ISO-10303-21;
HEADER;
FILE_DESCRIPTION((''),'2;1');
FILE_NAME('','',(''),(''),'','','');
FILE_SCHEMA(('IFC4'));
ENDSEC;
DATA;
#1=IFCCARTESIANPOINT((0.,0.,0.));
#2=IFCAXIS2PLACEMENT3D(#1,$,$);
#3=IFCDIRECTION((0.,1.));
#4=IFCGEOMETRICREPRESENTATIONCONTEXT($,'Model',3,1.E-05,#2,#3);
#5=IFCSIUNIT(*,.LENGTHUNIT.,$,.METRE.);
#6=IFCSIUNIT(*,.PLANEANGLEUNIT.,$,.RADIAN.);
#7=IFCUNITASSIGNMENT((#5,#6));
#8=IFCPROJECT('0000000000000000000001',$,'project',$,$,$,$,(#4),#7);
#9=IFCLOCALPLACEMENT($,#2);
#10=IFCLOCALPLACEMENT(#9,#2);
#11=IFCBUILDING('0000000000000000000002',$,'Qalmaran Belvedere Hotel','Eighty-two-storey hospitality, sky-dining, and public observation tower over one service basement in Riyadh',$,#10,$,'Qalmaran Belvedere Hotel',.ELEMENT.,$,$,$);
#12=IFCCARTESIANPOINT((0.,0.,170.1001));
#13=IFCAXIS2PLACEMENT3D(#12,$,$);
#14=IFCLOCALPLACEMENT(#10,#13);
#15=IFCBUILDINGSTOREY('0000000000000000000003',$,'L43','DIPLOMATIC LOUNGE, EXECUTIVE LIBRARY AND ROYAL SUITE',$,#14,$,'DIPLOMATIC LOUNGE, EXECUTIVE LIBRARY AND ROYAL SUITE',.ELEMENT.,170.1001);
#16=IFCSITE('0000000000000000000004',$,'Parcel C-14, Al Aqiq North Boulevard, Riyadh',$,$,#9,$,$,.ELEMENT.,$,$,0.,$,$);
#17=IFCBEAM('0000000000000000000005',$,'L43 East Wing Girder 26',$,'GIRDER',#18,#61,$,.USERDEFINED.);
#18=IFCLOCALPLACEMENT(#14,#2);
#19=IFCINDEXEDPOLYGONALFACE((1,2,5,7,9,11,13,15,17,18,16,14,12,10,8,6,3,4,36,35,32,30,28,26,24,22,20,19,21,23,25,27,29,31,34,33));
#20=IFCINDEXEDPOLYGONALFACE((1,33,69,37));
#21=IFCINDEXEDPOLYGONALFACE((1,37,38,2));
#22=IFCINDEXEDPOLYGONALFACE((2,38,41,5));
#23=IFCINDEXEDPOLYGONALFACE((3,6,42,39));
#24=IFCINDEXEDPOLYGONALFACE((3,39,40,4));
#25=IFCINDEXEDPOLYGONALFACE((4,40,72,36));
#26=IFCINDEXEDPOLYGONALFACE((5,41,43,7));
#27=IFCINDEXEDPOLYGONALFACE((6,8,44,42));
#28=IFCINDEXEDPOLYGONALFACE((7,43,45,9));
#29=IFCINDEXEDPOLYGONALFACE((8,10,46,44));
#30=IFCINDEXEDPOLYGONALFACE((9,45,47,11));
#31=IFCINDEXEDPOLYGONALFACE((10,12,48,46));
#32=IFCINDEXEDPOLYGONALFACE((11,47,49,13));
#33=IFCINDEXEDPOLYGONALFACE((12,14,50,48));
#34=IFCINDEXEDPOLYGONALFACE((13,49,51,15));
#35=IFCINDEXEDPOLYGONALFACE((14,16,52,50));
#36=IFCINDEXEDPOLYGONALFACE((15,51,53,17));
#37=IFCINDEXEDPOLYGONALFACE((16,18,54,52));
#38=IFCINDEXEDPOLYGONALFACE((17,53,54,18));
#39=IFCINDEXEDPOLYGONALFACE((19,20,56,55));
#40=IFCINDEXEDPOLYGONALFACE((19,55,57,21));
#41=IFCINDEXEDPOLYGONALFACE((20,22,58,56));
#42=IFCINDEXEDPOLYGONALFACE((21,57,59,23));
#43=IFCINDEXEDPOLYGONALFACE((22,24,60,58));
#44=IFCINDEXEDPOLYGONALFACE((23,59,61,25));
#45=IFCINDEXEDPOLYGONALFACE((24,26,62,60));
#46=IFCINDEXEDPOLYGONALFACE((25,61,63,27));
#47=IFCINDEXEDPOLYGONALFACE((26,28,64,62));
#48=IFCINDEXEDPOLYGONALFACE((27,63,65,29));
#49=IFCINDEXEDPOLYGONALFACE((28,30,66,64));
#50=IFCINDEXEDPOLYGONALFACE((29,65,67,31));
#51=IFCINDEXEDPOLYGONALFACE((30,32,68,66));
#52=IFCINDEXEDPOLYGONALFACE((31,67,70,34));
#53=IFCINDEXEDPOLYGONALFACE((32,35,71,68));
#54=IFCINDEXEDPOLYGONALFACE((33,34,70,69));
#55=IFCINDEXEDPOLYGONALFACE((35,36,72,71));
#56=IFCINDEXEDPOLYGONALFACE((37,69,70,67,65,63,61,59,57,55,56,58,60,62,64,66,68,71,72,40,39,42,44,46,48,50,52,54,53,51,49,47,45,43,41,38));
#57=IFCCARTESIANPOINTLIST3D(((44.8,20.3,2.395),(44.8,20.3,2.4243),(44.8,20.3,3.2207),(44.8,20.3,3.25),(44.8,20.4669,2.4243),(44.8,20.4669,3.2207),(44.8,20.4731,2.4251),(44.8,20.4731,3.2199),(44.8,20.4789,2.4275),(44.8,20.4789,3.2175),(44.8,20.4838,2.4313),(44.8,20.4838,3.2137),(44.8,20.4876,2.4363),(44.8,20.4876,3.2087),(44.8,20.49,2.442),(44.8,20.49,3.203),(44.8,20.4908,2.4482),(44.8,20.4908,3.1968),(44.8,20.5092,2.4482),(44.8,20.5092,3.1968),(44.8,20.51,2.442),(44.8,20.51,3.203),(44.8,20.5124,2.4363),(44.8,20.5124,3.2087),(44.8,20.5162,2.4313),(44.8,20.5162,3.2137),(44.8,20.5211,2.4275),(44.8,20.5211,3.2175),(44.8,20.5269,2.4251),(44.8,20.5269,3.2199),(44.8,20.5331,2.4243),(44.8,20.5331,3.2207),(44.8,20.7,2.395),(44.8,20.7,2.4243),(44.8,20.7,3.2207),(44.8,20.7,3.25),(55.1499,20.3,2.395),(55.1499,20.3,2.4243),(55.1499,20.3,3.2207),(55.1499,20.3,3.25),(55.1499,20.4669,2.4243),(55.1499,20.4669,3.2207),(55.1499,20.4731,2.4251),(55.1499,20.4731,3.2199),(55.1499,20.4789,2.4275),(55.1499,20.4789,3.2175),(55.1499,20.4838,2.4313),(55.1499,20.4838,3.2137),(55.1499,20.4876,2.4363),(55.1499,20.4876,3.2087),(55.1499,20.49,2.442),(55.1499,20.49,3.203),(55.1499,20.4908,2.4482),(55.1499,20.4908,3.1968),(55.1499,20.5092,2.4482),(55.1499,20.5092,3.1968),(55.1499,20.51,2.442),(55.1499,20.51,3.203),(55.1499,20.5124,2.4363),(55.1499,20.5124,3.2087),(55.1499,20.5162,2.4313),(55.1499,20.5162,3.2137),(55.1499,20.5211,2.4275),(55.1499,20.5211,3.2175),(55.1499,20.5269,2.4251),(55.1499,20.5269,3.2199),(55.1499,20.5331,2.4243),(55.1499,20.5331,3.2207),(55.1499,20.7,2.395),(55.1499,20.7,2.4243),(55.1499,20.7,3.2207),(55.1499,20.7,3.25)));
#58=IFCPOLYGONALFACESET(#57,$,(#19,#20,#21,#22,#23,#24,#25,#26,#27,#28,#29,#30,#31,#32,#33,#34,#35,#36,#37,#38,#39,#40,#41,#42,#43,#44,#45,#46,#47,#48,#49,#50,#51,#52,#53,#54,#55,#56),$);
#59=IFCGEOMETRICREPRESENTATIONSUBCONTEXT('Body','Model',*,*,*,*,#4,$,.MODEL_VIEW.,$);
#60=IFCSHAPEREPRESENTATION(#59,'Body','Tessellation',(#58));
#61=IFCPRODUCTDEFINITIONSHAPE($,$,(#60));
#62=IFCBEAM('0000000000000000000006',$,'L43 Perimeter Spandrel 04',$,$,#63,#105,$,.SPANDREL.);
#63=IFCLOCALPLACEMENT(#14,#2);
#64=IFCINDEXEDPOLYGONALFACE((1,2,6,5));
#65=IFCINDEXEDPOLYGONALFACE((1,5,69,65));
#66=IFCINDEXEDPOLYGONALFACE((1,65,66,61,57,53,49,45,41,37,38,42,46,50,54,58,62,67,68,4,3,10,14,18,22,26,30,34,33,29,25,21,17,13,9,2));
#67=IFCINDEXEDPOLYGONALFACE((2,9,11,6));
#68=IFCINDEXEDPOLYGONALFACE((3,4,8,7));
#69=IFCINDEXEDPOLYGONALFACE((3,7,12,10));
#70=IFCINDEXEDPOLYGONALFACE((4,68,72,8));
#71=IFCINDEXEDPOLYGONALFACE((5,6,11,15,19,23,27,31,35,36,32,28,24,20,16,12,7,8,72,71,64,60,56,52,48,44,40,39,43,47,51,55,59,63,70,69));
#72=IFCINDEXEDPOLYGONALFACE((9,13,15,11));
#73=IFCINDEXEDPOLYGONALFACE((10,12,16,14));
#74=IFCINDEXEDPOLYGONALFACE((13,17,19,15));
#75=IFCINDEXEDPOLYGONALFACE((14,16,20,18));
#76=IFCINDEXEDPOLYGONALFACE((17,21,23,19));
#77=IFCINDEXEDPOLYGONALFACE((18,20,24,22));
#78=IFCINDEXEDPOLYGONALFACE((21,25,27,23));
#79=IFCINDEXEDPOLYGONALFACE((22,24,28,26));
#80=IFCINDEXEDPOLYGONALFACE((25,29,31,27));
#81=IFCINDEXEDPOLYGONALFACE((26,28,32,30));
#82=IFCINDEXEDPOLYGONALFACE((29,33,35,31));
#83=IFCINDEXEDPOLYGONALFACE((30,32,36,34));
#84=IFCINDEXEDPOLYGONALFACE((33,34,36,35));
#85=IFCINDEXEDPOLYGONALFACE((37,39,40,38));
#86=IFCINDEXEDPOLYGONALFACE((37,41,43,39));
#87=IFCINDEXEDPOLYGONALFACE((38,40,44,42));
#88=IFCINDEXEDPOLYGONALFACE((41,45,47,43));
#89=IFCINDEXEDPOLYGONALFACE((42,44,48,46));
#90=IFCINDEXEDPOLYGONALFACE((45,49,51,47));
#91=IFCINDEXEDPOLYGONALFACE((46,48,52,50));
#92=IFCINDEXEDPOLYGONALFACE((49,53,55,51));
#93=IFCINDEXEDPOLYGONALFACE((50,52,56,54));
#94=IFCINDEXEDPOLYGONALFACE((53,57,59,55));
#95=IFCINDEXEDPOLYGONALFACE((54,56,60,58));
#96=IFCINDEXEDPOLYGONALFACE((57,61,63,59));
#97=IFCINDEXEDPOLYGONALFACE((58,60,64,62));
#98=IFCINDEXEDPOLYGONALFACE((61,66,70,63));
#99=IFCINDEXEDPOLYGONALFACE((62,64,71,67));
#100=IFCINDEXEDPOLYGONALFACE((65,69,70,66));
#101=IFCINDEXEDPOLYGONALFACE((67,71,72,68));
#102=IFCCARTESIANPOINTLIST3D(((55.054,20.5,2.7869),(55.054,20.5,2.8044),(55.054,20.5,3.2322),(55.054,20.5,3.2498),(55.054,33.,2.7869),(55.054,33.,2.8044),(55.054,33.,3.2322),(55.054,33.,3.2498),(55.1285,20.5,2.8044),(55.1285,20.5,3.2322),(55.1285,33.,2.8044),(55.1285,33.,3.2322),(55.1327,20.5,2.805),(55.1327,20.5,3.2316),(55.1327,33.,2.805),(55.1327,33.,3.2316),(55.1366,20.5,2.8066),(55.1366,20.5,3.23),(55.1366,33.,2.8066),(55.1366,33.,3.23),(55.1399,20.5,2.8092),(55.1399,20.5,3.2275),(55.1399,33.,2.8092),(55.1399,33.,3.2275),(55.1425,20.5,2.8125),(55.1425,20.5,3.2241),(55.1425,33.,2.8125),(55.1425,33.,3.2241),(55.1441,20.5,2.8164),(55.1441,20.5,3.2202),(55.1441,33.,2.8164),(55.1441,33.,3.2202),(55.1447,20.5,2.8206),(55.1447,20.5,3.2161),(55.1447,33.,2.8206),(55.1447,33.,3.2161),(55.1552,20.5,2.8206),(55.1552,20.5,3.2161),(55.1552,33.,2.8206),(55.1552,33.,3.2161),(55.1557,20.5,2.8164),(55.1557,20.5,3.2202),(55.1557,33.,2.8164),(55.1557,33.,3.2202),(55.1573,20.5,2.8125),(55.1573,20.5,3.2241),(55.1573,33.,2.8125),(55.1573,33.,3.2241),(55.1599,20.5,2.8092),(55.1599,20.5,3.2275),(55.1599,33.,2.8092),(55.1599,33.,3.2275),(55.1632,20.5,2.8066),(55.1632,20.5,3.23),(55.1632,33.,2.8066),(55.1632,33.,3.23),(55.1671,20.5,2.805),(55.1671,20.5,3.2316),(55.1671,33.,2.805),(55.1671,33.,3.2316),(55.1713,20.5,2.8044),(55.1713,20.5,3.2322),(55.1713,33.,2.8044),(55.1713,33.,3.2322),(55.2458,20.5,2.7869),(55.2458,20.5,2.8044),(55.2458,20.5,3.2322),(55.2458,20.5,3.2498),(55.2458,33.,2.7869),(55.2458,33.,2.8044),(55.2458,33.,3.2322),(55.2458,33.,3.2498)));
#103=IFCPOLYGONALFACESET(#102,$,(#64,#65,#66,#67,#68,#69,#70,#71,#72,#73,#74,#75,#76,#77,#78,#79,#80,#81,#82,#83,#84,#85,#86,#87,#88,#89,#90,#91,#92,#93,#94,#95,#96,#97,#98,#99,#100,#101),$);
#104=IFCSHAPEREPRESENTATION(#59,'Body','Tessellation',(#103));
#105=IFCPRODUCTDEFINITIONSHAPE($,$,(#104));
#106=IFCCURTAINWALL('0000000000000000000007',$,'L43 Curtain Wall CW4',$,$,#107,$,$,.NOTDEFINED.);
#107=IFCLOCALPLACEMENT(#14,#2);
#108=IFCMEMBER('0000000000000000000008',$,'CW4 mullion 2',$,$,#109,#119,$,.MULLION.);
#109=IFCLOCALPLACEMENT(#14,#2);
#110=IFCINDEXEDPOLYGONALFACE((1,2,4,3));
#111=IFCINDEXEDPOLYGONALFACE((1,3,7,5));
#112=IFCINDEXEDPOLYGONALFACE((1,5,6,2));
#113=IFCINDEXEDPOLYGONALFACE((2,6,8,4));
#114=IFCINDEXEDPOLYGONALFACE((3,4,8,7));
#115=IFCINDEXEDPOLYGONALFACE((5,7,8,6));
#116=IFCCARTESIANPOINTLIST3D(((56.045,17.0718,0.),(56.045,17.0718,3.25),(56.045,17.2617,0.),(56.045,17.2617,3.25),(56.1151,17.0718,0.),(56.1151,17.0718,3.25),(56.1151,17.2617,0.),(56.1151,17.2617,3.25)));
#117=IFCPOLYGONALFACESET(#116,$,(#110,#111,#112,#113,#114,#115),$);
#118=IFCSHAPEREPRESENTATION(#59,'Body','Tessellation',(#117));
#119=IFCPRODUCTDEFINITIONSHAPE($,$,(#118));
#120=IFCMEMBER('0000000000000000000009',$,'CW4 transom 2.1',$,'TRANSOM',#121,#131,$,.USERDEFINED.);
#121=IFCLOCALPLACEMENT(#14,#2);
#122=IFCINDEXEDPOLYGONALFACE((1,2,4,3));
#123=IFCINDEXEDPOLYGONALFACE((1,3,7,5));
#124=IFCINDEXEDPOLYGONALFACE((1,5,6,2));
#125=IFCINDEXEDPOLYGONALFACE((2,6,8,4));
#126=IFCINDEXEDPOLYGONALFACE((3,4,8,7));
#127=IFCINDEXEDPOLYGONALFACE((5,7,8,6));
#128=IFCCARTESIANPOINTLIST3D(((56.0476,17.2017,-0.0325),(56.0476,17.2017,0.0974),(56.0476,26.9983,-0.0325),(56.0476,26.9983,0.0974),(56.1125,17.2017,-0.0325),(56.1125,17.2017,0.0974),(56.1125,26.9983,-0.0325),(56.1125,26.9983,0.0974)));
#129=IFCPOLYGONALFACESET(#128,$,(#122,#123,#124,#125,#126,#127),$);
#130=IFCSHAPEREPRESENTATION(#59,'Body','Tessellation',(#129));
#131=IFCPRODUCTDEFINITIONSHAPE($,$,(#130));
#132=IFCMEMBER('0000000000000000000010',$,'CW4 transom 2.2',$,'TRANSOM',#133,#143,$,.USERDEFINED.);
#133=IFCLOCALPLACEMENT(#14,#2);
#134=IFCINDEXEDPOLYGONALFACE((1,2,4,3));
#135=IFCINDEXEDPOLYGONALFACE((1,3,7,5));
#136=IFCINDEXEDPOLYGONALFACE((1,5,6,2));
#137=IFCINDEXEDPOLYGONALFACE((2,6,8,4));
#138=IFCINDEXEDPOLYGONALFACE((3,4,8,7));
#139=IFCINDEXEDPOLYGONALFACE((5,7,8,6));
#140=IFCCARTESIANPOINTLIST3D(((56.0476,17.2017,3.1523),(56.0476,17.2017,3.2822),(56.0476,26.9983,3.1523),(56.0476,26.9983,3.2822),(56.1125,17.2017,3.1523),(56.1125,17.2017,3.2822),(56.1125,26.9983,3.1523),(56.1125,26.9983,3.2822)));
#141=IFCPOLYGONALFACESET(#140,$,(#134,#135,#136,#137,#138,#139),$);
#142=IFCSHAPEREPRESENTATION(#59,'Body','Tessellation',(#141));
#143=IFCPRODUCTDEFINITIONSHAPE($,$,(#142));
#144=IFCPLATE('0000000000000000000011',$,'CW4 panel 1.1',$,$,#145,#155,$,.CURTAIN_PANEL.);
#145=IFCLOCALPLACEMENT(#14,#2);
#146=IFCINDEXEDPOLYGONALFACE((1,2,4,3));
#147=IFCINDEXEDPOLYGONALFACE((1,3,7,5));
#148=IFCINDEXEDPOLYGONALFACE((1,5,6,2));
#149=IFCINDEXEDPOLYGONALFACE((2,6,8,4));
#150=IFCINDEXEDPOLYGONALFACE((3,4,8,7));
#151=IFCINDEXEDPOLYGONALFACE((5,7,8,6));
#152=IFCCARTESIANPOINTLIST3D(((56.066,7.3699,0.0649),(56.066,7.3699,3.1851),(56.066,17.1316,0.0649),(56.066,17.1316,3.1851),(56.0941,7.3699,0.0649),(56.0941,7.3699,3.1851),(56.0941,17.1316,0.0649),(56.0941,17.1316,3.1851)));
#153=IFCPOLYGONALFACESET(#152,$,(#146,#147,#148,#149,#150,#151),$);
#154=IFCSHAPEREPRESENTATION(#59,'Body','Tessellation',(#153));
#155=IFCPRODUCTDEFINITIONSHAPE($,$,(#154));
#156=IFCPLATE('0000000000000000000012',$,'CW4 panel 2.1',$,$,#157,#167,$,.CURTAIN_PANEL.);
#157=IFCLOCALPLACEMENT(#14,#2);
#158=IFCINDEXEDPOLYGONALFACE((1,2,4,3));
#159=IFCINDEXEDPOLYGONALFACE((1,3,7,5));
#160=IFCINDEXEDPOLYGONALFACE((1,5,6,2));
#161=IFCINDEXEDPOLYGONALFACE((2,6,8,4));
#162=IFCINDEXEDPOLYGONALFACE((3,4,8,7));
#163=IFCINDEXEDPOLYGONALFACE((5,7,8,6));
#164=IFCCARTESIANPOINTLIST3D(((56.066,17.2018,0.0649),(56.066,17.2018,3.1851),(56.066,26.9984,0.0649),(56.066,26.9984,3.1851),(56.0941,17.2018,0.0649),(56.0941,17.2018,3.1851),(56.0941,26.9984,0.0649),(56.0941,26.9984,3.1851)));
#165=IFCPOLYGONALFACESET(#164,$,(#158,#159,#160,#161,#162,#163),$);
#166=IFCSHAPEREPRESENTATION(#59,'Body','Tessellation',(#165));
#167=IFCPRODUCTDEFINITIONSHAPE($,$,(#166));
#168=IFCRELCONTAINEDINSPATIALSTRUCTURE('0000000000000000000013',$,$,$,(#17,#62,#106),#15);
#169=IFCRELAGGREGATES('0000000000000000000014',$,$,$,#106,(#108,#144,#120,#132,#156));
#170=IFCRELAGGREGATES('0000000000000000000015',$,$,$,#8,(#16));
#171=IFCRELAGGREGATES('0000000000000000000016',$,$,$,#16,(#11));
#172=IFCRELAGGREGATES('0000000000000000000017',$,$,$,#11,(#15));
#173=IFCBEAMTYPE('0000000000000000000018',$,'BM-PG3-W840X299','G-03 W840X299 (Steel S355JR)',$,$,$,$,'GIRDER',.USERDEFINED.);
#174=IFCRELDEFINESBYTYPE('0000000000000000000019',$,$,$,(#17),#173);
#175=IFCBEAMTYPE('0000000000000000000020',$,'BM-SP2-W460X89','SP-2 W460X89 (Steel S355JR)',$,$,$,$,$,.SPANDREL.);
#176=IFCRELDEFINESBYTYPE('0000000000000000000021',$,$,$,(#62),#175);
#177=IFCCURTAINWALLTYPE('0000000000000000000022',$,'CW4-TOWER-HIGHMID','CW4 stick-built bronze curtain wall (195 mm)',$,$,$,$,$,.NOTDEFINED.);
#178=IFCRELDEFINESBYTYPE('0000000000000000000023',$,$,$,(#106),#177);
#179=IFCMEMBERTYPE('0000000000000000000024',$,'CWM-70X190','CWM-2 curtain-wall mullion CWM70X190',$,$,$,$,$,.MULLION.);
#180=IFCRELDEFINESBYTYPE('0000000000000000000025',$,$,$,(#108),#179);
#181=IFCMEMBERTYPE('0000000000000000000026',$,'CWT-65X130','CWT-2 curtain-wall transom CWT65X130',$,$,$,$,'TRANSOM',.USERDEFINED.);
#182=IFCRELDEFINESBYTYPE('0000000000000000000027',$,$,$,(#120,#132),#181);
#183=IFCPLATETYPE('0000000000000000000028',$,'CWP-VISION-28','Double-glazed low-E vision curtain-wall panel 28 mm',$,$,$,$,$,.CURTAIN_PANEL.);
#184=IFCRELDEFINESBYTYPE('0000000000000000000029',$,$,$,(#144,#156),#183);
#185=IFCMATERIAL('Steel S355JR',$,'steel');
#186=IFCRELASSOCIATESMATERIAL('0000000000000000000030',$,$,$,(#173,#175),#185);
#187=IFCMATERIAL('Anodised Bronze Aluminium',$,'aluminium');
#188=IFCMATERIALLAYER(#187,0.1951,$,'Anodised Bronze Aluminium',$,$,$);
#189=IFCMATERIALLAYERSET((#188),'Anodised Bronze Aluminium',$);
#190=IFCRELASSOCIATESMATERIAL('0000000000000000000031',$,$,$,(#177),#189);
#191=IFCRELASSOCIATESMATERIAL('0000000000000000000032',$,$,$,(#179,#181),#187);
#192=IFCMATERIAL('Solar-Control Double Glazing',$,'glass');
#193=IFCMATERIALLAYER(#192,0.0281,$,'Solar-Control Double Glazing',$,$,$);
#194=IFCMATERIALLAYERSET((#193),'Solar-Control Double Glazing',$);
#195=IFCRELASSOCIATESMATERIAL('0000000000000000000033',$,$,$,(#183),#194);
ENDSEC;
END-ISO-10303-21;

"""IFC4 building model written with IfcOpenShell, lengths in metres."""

from ifc_helpers import new_model, si_unit, direction, frame, origin, origin_2d, place, context, subcontext, project, spatial, rectangle, i_section, extrude, material, layer, layer_set, material_profile, profile_set, type_object, element, aggregate, save


model = new_model("IFC4")

# Units and contexts
model_context = context("Model", 3, precision=1e-05, world=origin(), true_north=direction((0.0, 1.0)))
body_context = subcontext(model_context, "Body", "Model", "MODEL_VIEW")
ifc_project = project(units=[si_unit("LENGTHUNIT", "METRE"), si_unit("PLANEANGLEUNIT", "RADIAN")], contexts=[model_context])

# Site, building, storey
site_placement = place(None, origin())
site = spatial("IfcSite", under=ifc_project, at=site_placement, Name="Parcel C-14, Al Aqiq North Boulevard, Riyadh", CompositionType="ELEMENT", RefElevation=0.0)
building_placement = place(site_placement, origin())
building = spatial("IfcBuilding", under=site, at=building_placement, Name="Qalmaran Belvedere Hotel", Description="Eighty-two-storey hospitality, sky-dining, and public observation tower over one service basement in Riyadh", LongName="Qalmaran Belvedere Hotel", CompositionType="ELEMENT")
storey_placement = place(building_placement, frame((0.0, 0.0, 170.1001)))
storey = spatial("IfcBuildingStorey", under=building, at=storey_placement, Name="L43", Description="DIPLOMATIC LOUNGE, EXECUTIVE LIBRARY AND ROYAL SUITE", LongName="DIPLOMATIC LOUNGE, EXECUTIVE LIBRARY AND ROYAL SUITE", CompositionType="ELEMENT", Elevation=170.1001)

# Beams
ifc_material_1 = material(Name="Steel S355JR", Category="steel")
ifc_material_profile_1 = material_profile(ifc_material_1, i_section(OverallWidth=0.3999, OverallDepth=0.855, WebThickness=0.0183, FlangeThickness=0.0293, FilletRadius=0.0239, at=origin_2d()), Name="W840X299")
ifc_profile_set_1 = profile_set([ifc_material_profile_1], Name="Steel S355JR")
beam_type_1 = type_object("IfcBeamType", Name="BM-PG3-W840X299", Description="G-03 W840X299 (Steel S355JR)", ElementType="GIRDER", PredefinedType="USERDEFINED", material=ifc_profile_set_1)
beam_1_placement = place(storey_placement, frame((44.8, 20.5, 2.8225), z_axis=(1.0, 0.0, 0.0), x_axis=(0.0, 1.0, 0.0)))
element("IfcBeam", 1, at=beam_1_placement, inside=storey, type_object=beam_type_1, Name="L43 East Wing Girder 26", ObjectType="GIRDER", PredefinedType="USERDEFINED", context=body_context, shape_type="SweptSolid", body=[
    extrude(i_section(OverallWidth=0.3999, OverallDepth=0.855, WebThickness=0.0183, FlangeThickness=0.0293, FilletRadius=0.0239, at=origin_2d()), origin(), (0.0, 0.0, 1.0), 10.3499),
])
ifc_material_profile_2 = material_profile(ifc_material_1, i_section(OverallWidth=0.1919, OverallDepth=0.4629, WebThickness=0.0105, FlangeThickness=0.0176, FilletRadius=0.0161, at=origin_2d()), Name="W460X89")
ifc_profile_set_2 = profile_set([ifc_material_profile_2], Name="Steel S355JR")
beam_type_2 = type_object("IfcBeamType", Name="BM-SP2-W460X89", Description="SP-2 W460X89 (Steel S355JR)", PredefinedType="SPANDREL", material=ifc_profile_set_2)
beam_2_placement = place(storey_placement, frame((55.1499, 20.5, 3.0183), z_axis=(0.0, 1.0, 0.0), x_axis=(-1.0, 0.0, 0.0)))
element("IfcBeam", 2, at=beam_2_placement, inside=storey, type_object=beam_type_2, Name="L43 Perimeter Spandrel 04", PredefinedType="SPANDREL", context=body_context, shape_type="SweptSolid", body=[
    extrude(i_section(OverallWidth=0.1919, OverallDepth=0.4629, WebThickness=0.0105, FlangeThickness=0.0176, FilletRadius=0.0161, at=origin_2d()), origin(), (0.0, 0.0, 1.0), 12.5),
])

# Curtain wall, members, plates
ifc_material_2 = material(Name="Anodised Bronze Aluminium", Category="aluminium")
ifc_layer_1 = layer(ifc_material_2, 0.1951, Name="Anodised Bronze Aluminium")
ifc_layer_set_1 = layer_set([ifc_layer_1], Name="Anodised Bronze Aluminium")
curtain_wall_type = type_object("IfcCurtainWallType", Name="CW4-TOWER-HIGHMID", Description="CW4 stick-built bronze curtain wall (195 mm)", PredefinedType="NOTDEFINED", material=ifc_layer_set_1)
curtain_wall_placement = place(storey_placement, origin())
curtain_wall = element("IfcCurtainWall", 3, at=curtain_wall_placement, inside=storey, type_object=curtain_wall_type, Name="L43 Curtain Wall CW4", PredefinedType="NOTDEFINED")
ifc_material_profile_3 = material_profile(ifc_material_2, rectangle(XDim=0.0701, YDim=0.1899, at=origin_2d()), Name="CWM70X190")
ifc_profile_set_3 = profile_set([ifc_material_profile_3], Name="Anodised Bronze Aluminium")
member_type_1 = type_object("IfcMemberType", Name="CWM-70X190", Description="CWM-2 curtain-wall mullion CWM70X190", PredefinedType="MULLION", material=ifc_profile_set_3)
member_1_placement = place(storey_placement, frame((56.0801, 17.1667, 0.0), z_axis=(0.0, 0.0, 1.0), x_axis=(-1.0, 0.0, 0.0)))
member_1 = element("IfcMember", 4, at=member_1_placement, type_object=member_type_1, Name="CW4 mullion 2", PredefinedType="MULLION", context=body_context, shape_type="SweptSolid", body=[
    extrude(rectangle(XDim=0.0701, YDim=0.1899, at=origin_2d()), origin(), (0.0, 0.0, 1.0), 3.25),
])
ifc_material_profile_4 = material_profile(ifc_material_2, rectangle(XDim=0.0649, YDim=0.1299, at=origin_2d()), Name="CWT65X130")
ifc_profile_set_4 = profile_set([ifc_material_profile_4], Name="Anodised Bronze Aluminium")
member_type_2 = type_object("IfcMemberType", Name="CWT-65X130", Description="CWT-2 curtain-wall transom CWT65X130", ElementType="TRANSOM", PredefinedType="USERDEFINED", material=ifc_profile_set_4)
member_2_placement = place(storey_placement, frame((56.0801, 17.2017, 0.0325), z_axis=(0.0, 1.0, 0.0), x_axis=(-1.0, 0.0, 0.0)))
member_2 = element("IfcMember", 5, at=member_2_placement, type_object=member_type_2, Name="CW4 transom 2.1", ObjectType="TRANSOM", PredefinedType="USERDEFINED", context=body_context, shape_type="SweptSolid", body=[
    extrude(rectangle(XDim=0.0649, YDim=0.1299, at=origin_2d()), origin(), (0.0, 0.0, 1.0), 9.7966),
])
member_3_placement = place(storey_placement, frame((56.0801, 17.2017, 3.2173), z_axis=(0.0, 1.0, 0.0), x_axis=(-1.0, 0.0, 0.0)))
member_3 = element("IfcMember", 6, at=member_3_placement, type_object=member_type_2, Name="CW4 transom 2.2", ObjectType="TRANSOM", PredefinedType="USERDEFINED", context=body_context, shape_type="SweptSolid", body=[
    extrude(rectangle(XDim=0.0649, YDim=0.1299, at=origin_2d()), origin(), (0.0, 0.0, 1.0), 9.7966),
])
ifc_material_3 = material(Name="Solar-Control Double Glazing", Category="glass")
ifc_layer_2 = layer(ifc_material_3, 0.0281, Name="Solar-Control Double Glazing")
ifc_layer_set_2 = layer_set([ifc_layer_2], Name="Solar-Control Double Glazing")
plate_type = type_object("IfcPlateType", Name="CWP-VISION-28", Description="Double-glazed low-E vision curtain-wall panel 28 mm", PredefinedType="CURTAIN_PANEL", material=ifc_layer_set_2)
plate_1_placement = place(storey_placement, frame((56.0801, 12.2507, 0.0649), z_axis=(0.0, 0.0, 1.0), x_axis=(0.0, 1.0, 0.0)))
plate_1 = element("IfcPlate", 7, at=plate_1_placement, type_object=plate_type, Name="CW4 panel 1.1", PredefinedType="CURTAIN_PANEL", context=body_context, shape_type="SweptSolid", body=[
    extrude(rectangle(XDim=9.7617, YDim=0.0281, at=origin_2d()), origin(), (0.0, 0.0, 1.0), 3.1201),
])
plate_2_placement = place(storey_placement, frame((56.0801, 22.1001, 0.0649), z_axis=(0.0, 0.0, 1.0), x_axis=(0.0, 1.0, 0.0)))
plate_2 = element("IfcPlate", 8, at=plate_2_placement, type_object=plate_type, Name="CW4 panel 2.1", PredefinedType="CURTAIN_PANEL", context=body_context, shape_type="SweptSolid", body=[
    extrude(rectangle(XDim=9.7966, YDim=0.0281, at=origin_2d()), origin(), (0.0, 0.0, 1.0), 3.1201),
])
aggregate(curtain_wall, [member_1, plate_1, member_2, member_3, plate_2])

save(model, "model.ifc")
